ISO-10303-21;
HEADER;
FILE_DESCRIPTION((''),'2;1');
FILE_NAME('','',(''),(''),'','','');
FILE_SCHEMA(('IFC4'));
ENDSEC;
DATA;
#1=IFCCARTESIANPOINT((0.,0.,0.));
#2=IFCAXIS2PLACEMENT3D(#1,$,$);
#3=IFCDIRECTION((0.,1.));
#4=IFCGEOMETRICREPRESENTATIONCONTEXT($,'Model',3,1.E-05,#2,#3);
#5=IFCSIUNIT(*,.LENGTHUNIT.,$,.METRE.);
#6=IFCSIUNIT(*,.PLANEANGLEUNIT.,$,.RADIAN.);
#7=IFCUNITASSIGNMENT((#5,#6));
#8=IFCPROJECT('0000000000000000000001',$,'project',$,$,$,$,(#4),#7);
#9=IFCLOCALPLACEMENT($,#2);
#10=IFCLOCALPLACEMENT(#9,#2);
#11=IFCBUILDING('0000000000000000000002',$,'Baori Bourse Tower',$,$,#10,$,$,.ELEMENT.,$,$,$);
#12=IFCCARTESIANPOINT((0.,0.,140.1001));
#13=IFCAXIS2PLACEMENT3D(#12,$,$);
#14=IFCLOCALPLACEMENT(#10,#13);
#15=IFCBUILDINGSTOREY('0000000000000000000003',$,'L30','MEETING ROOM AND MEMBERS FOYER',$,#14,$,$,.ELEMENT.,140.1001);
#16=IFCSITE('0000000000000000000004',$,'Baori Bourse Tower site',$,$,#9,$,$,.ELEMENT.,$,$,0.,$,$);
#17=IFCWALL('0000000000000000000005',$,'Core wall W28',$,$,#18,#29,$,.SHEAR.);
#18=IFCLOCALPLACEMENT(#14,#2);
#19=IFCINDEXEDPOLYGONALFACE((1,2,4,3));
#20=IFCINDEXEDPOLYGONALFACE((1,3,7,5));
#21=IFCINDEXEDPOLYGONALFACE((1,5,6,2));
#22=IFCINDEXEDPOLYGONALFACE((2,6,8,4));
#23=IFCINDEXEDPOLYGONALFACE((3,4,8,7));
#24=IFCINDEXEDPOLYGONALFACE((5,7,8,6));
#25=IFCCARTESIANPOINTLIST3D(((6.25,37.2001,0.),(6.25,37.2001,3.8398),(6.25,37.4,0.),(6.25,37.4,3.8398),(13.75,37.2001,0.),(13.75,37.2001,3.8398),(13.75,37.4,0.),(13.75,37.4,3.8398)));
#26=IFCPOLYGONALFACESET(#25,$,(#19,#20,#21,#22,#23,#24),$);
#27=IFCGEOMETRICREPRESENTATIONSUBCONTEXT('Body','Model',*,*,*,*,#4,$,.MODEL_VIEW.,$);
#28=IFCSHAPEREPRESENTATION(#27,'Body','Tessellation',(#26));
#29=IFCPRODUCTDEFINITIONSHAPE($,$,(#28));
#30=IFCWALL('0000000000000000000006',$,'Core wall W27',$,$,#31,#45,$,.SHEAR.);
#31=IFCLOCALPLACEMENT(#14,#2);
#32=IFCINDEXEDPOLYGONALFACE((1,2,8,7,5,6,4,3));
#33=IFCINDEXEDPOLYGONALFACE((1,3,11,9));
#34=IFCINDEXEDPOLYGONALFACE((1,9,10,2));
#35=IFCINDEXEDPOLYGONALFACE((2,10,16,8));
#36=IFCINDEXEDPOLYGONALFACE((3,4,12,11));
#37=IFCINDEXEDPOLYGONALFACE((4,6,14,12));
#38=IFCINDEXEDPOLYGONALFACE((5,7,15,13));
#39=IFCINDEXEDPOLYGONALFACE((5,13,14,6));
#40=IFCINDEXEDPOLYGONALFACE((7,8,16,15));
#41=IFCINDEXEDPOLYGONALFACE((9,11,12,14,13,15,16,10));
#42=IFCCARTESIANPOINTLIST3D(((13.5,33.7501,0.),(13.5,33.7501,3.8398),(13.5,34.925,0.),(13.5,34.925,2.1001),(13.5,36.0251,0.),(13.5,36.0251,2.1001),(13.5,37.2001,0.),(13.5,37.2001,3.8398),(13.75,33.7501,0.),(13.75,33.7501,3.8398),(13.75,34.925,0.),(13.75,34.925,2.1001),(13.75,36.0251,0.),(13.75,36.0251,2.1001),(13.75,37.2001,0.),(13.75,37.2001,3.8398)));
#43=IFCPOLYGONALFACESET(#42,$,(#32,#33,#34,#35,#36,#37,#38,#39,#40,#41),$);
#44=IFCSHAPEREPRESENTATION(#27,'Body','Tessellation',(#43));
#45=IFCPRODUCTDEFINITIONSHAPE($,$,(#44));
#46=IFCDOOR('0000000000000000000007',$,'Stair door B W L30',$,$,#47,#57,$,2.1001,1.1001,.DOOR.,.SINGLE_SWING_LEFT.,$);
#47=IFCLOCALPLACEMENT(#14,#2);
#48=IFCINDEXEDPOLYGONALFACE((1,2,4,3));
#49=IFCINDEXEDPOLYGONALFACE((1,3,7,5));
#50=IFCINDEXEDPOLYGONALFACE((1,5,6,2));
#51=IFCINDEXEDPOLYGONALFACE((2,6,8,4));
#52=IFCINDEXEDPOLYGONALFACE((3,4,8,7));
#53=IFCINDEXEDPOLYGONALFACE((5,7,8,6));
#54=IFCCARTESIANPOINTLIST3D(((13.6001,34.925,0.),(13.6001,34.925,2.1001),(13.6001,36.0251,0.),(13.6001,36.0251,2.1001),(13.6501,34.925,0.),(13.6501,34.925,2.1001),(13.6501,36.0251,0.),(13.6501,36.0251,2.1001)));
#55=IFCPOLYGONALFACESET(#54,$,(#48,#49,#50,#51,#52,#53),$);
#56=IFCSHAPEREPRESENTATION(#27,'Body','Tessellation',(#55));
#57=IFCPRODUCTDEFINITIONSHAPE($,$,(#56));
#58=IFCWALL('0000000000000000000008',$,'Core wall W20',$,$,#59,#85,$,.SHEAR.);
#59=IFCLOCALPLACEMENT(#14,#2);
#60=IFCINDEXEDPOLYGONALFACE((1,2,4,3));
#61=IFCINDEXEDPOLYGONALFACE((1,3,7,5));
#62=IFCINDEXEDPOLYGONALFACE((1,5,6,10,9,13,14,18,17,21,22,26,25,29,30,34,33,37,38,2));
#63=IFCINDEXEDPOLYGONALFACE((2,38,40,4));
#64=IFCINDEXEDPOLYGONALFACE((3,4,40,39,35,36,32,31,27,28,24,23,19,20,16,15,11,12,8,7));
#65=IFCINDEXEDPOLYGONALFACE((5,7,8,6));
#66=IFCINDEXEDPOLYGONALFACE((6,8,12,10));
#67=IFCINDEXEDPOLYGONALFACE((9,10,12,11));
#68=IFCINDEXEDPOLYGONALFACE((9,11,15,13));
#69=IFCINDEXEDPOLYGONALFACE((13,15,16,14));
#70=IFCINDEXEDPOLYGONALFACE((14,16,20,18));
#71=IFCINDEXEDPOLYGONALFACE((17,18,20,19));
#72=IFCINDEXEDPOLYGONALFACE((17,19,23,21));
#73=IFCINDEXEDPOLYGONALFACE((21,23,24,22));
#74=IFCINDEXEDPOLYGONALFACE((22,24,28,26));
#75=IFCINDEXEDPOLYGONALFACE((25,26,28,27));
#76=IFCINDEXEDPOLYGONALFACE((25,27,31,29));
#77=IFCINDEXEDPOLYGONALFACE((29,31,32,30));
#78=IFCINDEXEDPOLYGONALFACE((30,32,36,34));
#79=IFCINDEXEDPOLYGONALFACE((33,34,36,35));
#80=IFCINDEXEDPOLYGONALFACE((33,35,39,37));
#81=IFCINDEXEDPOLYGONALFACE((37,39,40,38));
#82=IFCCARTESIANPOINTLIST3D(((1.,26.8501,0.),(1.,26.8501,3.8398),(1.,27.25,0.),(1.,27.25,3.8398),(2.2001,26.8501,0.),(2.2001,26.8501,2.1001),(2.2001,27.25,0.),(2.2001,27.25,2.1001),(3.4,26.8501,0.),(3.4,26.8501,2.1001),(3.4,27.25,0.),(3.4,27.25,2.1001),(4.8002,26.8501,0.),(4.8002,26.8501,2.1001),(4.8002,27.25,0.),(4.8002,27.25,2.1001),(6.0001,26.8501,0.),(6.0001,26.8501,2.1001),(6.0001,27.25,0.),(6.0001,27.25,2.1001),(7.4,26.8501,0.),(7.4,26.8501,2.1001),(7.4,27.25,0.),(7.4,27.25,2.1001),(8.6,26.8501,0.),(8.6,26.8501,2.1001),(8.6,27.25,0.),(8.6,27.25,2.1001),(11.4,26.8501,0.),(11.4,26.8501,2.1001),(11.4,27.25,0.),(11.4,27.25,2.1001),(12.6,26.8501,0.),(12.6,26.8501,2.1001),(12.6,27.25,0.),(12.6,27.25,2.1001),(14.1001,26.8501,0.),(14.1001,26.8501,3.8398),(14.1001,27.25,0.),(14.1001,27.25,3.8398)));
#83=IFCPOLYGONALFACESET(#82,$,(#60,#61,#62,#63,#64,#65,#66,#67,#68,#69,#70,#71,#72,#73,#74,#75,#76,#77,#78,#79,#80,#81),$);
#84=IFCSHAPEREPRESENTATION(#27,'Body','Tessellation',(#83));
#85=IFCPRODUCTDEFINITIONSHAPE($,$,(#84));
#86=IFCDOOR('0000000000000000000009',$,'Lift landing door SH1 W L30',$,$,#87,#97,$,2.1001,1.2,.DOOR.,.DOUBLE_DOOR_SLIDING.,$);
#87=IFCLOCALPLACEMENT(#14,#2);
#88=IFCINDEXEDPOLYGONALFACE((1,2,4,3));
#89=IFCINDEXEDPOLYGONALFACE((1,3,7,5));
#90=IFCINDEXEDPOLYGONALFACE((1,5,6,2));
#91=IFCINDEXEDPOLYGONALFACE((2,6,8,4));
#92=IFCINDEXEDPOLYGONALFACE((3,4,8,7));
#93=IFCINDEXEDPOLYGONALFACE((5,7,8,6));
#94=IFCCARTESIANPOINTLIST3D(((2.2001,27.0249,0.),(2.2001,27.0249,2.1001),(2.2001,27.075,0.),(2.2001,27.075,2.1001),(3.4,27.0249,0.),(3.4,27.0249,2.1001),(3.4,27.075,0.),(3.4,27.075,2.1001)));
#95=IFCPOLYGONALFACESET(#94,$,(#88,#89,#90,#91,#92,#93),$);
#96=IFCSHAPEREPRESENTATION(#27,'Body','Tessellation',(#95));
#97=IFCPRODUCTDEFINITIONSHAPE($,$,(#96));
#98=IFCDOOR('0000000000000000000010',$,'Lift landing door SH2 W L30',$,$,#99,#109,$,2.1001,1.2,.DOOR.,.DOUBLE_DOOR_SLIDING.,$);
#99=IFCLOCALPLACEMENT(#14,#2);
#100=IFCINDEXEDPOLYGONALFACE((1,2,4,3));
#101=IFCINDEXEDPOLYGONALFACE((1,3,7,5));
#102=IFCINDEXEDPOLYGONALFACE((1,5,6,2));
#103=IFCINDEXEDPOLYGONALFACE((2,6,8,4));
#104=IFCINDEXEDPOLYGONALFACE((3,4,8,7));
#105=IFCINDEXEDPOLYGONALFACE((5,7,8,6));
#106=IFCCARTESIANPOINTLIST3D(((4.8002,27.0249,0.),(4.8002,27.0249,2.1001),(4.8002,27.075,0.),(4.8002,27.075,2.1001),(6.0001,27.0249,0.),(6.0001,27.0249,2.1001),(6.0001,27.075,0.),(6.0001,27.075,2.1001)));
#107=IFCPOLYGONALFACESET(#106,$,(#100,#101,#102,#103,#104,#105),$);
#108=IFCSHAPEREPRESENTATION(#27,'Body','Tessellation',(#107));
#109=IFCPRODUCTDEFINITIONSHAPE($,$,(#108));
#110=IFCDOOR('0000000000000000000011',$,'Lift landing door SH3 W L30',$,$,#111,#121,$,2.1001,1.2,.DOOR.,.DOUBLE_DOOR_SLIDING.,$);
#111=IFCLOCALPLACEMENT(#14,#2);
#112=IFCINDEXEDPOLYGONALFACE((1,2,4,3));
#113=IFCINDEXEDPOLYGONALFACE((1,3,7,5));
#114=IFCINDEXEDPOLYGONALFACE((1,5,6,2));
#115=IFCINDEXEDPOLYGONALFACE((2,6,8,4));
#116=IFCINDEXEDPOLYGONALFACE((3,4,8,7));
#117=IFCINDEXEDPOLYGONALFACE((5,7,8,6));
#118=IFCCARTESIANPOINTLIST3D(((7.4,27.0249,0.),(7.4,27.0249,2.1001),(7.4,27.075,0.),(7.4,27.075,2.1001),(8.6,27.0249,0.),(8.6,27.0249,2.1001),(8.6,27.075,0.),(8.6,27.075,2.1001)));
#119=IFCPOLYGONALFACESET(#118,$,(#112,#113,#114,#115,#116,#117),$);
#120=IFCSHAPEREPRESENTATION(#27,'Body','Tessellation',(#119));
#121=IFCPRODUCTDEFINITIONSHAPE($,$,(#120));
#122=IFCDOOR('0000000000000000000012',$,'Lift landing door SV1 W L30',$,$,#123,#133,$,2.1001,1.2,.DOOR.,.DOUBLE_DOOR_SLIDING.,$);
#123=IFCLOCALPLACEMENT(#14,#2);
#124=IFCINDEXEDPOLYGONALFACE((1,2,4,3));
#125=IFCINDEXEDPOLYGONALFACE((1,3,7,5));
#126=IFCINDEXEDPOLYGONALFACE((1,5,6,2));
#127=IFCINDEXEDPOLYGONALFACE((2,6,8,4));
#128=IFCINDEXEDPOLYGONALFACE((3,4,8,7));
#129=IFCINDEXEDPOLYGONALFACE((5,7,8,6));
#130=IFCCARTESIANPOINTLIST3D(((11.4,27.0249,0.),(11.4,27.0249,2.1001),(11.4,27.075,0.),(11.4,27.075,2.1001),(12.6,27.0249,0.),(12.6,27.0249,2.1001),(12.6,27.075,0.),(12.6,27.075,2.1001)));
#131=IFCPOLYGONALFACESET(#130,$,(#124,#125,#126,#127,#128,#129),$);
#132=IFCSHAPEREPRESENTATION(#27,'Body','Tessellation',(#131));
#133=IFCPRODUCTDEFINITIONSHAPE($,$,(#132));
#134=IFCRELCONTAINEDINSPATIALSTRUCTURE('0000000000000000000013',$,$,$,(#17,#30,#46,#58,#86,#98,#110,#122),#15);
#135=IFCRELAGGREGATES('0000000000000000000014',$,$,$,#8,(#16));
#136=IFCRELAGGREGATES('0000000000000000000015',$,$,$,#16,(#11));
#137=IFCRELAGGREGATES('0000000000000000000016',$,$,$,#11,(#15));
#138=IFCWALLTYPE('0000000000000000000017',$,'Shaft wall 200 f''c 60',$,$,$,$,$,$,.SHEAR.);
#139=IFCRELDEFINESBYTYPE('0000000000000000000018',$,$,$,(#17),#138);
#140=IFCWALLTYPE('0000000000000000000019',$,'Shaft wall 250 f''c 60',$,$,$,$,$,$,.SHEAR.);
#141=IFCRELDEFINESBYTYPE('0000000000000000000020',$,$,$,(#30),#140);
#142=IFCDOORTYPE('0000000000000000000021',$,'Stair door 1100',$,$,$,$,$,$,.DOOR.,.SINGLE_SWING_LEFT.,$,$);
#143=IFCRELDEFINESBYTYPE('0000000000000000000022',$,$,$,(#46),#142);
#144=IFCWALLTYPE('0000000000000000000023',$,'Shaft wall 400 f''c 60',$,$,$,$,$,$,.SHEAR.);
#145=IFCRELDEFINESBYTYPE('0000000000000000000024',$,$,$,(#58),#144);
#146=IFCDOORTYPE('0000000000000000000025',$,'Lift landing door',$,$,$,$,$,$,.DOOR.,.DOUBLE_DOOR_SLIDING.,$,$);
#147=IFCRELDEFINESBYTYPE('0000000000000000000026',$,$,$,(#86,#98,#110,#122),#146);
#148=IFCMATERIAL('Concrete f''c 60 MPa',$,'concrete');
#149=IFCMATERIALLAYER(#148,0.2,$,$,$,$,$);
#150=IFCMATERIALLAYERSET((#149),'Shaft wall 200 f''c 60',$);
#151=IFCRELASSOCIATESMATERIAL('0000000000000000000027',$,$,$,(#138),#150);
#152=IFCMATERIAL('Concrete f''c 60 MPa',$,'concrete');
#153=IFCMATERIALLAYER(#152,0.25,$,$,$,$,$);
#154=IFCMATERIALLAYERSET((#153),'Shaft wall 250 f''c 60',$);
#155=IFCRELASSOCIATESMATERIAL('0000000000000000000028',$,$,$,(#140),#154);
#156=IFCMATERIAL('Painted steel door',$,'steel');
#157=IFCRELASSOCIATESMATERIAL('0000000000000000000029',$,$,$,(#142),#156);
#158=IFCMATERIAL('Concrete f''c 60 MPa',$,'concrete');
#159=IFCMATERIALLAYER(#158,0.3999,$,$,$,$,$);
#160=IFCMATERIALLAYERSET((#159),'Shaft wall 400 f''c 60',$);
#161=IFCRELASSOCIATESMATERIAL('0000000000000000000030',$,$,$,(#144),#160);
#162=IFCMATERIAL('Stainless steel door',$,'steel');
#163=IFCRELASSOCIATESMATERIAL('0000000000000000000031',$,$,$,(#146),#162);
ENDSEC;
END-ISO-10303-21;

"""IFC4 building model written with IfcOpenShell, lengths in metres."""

from ifc_helpers import new_model, si_unit, direction, frame, frame_2d, origin, place, context, subcontext, project, spatial, rectangle, extrude, material, layer, layer_set, type_object, element, fill, save


model = new_model("IFC4")

# Units and contexts
model_context = context("Model", 3, precision=1e-05, world=origin(), true_north=direction((0.0, 1.0)))
body_context = subcontext(model_context, "Body", "Model", "MODEL_VIEW")
ifc_project = project(units=[si_unit("LENGTHUNIT", "METRE"), si_unit("PLANEANGLEUNIT", "RADIAN")], contexts=[model_context])

# Site, building, storey
site_placement = place(None, origin())
site = spatial("IfcSite", under=ifc_project, at=site_placement, Name="Baori Bourse Tower site", CompositionType="ELEMENT", RefElevation=0.0)
building_placement = place(site_placement, origin())
building = spatial("IfcBuilding", under=site, at=building_placement, Name="Baori Bourse Tower", CompositionType="ELEMENT")
storey_placement = place(building_placement, frame((0.0, 0.0, 140.1001)))
storey = spatial("IfcBuildingStorey", under=building, at=storey_placement, Name="L30", Description="MEETING ROOM AND MEMBERS FOYER", CompositionType="ELEMENT", Elevation=140.1001)

# Wall
ifc_material_1 = material(Name="Concrete f'c 60 MPa", Category="concrete")
ifc_layer_1 = layer(ifc_material_1, 0.2)
ifc_layer_set_1 = layer_set([ifc_layer_1], Name="Shaft wall 200 f'c 60")
wall_type_1 = type_object("IfcWallType", Name="Shaft wall 200 f'c 60", PredefinedType="SHEAR", material=ifc_layer_set_1)
wall_1_placement = place(storey_placement, frame((6.25, 37.3, 0.0), z_axis=(0.0, 0.0, 1.0), x_axis=(1.0, 0.0, 0.0)))
element("IfcWall", 1, at=wall_1_placement, inside=storey, type_object=wall_type_1, Name="Core wall W28", PredefinedType="SHEAR", context=body_context, shape_type="SweptSolid", body=[
    extrude(rectangle(XDim=7.5, YDim=0.2, at=frame_2d((3.75, 0.0))), origin(), (0.0, 0.0, 1.0), 3.8398),
])

# Wall, opening, door
ifc_material_2 = material(Name="Concrete f'c 60 MPa", Category="concrete")
ifc_layer_2 = layer(ifc_material_2, 0.25)
ifc_layer_set_2 = layer_set([ifc_layer_2], Name="Shaft wall 250 f'c 60")
wall_type_2 = type_object("IfcWallType", Name="Shaft wall 250 f'c 60", PredefinedType="SHEAR", material=ifc_layer_set_2)
wall_2_placement = place(storey_placement, frame((13.625, 33.75, 0.0), z_axis=(0.0, 0.0, 1.0), x_axis=(0.0, 1.0, 0.0)))
wall_2 = element("IfcWall", 2, at=wall_2_placement, inside=storey, type_object=wall_type_2, Name="Core wall W27", PredefinedType="SHEAR", context=body_context, shape_type="SweptSolid", body=[
    extrude(rectangle(XDim=3.45, YDim=0.25, at=frame_2d((1.7251, 0.0))), origin(), (0.0, 0.0, 1.0), 3.8398),
])
opening_1_placement = place(wall_2_placement, frame((1.175, 0.0, 0.0)))
opening_1 = element("IfcOpeningElement", 3, at=opening_1_placement, cuts=wall_2, PredefinedType="OPENING", context=body_context, shape_type="SweptSolid", body=[
    extrude(rectangle(XDim=1.1001, YDim=2.1001, at=frame_2d((0.55, 1.05))), frame((0.0, 0.135, 0.0), z_axis=(0.0, -1.0, 0.0), x_axis=(1.0, 0.0, 0.0)), (0.0, 0.0, 1.0), 0.27),
])
ifc_material_3 = material(Name="Painted steel door", Category="steel")
door_type_1 = type_object("IfcDoorType", Name="Stair door 1100", OperationType="SINGLE_SWING_LEFT", PredefinedType="DOOR", material=ifc_material_3)
door_1_placement = place(opening_1_placement, origin())
door_1 = element("IfcDoor", 4, at=door_1_placement, inside=storey, type_object=door_type_1, Name="Stair door B W L30", OperationType="SINGLE_SWING_LEFT", OverallHeight=2.1001, OverallWidth=1.1001, PredefinedType="DOOR", context=body_context, shape_type="SweptSolid", body=[
    extrude(rectangle(XDim=1.1001, YDim=2.1001, at=frame_2d((0.55, 1.05))), frame((0.0, 0.0249, 0.0), z_axis=(0.0, -1.0, 0.0), x_axis=(1.0, 0.0, 0.0)), (0.0, 0.0, 1.0), 0.05),
])
fill(opening_1, door_1)

# Wall, openings, doors
ifc_material_4 = material(Name="Concrete f'c 60 MPa", Category="concrete")
ifc_layer_3 = layer(ifc_material_4, 0.3999)
ifc_layer_set_3 = layer_set([ifc_layer_3], Name="Shaft wall 400 f'c 60")
wall_type_3 = type_object("IfcWallType", Name="Shaft wall 400 f'c 60", PredefinedType="SHEAR", material=ifc_layer_set_3)
wall_3_placement = place(storey_placement, frame((1.0, 27.05, 0.0), z_axis=(0.0, 0.0, 1.0), x_axis=(1.0, 0.0, 0.0)))
wall_3 = element("IfcWall", 5, at=wall_3_placement, inside=storey, type_object=wall_type_3, Name="Core wall W20", PredefinedType="SHEAR", context=body_context, shape_type="SweptSolid", body=[
    extrude(rectangle(XDim=13.1001, YDim=0.3999, at=frame_2d((6.55, 0.0))), origin(), (0.0, 0.0, 1.0), 3.8398),
])
opening_2_placement = place(wall_3_placement, frame((1.2, 0.0, 0.0)))
opening_2 = element("IfcOpeningElement", 6, at=opening_2_placement, cuts=wall_3, PredefinedType="OPENING", context=body_context, shape_type="SweptSolid", body=[
    extrude(rectangle(XDim=1.2, YDim=2.1001, at=frame_2d((0.6001, 1.05))), frame((0.0, 0.21, 0.0), z_axis=(0.0, -1.0, 0.0), x_axis=(1.0, 0.0, 0.0)), (0.0, 0.0, 1.0), 0.4199),
])
opening_3_placement = place(wall_3_placement, frame((3.8, 0.0, 0.0)))
opening_3 = element("IfcOpeningElement", 7, at=opening_3_placement, cuts=wall_3, PredefinedType="OPENING", context=body_context, shape_type="SweptSolid", body=[
    extrude(rectangle(XDim=1.2, YDim=2.1001, at=frame_2d((0.6001, 1.05))), frame((0.0, 0.21, 0.0), z_axis=(0.0, -1.0, 0.0), x_axis=(1.0, 0.0, 0.0)), (0.0, 0.0, 1.0), 0.4199),
])
opening_4_placement = place(wall_3_placement, frame((6.3999, 0.0, 0.0)))
opening_4 = element("IfcOpeningElement", 8, at=opening_4_placement, cuts=wall_3, PredefinedType="OPENING", context=body_context, shape_type="SweptSolid", body=[
    extrude(rectangle(XDim=1.2, YDim=2.1001, at=frame_2d((0.6001, 1.05))), frame((0.0, 0.21, 0.0), z_axis=(0.0, -1.0, 0.0), x_axis=(1.0, 0.0, 0.0)), (0.0, 0.0, 1.0), 0.4199),
])
opening_5_placement = place(wall_3_placement, frame((10.3999, 0.0, 0.0)))
opening_5 = element("IfcOpeningElement", 9, at=opening_5_placement, cuts=wall_3, PredefinedType="OPENING", context=body_context, shape_type="SweptSolid", body=[
    extrude(rectangle(XDim=1.2, YDim=2.1001, at=frame_2d((0.6001, 1.05))), frame((0.0, 0.21, 0.0), z_axis=(0.0, -1.0, 0.0), x_axis=(1.0, 0.0, 0.0)), (0.0, 0.0, 1.0), 0.4199),
])
ifc_material_5 = material(Name="Stainless steel door", Category="steel")
door_type_2 = type_object("IfcDoorType", Name="Lift landing door", OperationType="DOUBLE_DOOR_SLIDING", PredefinedType="DOOR", material=ifc_material_5)
door_2_placement = place(opening_2_placement, origin())
door_2 = element("IfcDoor", 10, at=door_2_placement, inside=storey, type_object=door_type_2, Name="Lift landing door SH1 W L30", OperationType="DOUBLE_DOOR_SLIDING", OverallHeight=2.1001, OverallWidth=1.2, PredefinedType="DOOR", context=body_context, shape_type="SweptSolid", body=[
    extrude(rectangle(XDim=1.2, YDim=2.1001, at=frame_2d((0.6001, 1.05))), frame((0.0, 0.0249, 0.0), z_axis=(0.0, -1.0, 0.0), x_axis=(1.0, 0.0, 0.0)), (0.0, 0.0, 1.0), 0.05),
])
fill(opening_2, door_2)
door_3_placement = place(opening_3_placement, origin())
door_3 = element("IfcDoor", 11, at=door_3_placement, inside=storey, type_object=door_type_2, Name="Lift landing door SH2 W L30", OperationType="DOUBLE_DOOR_SLIDING", OverallHeight=2.1001, OverallWidth=1.2, PredefinedType="DOOR", context=body_context, shape_type="SweptSolid", body=[
    extrude(rectangle(XDim=1.2, YDim=2.1001, at=frame_2d((0.6001, 1.05))), frame((0.0, 0.0249, 0.0), z_axis=(0.0, -1.0, 0.0), x_axis=(1.0, 0.0, 0.0)), (0.0, 0.0, 1.0), 0.05),
])
fill(opening_3, door_3)
door_4_placement = place(opening_4_placement, origin())
door_4 = element("IfcDoor", 12, at=door_4_placement, inside=storey, type_object=door_type_2, Name="Lift landing door SH3 W L30", OperationType="DOUBLE_DOOR_SLIDING", OverallHeight=2.1001, OverallWidth=1.2, PredefinedType="DOOR", context=body_context, shape_type="SweptSolid", body=[
    extrude(rectangle(XDim=1.2, YDim=2.1001, at=frame_2d((0.6001, 1.05))), frame((0.0, 0.0249, 0.0), z_axis=(0.0, -1.0, 0.0), x_axis=(1.0, 0.0, 0.0)), (0.0, 0.0, 1.0), 0.05),
])
fill(opening_4, door_4)
door_5_placement = place(opening_5_placement, origin())
door_5 = element("IfcDoor", 13, at=door_5_placement, inside=storey, type_object=door_type_2, Name="Lift landing door SV1 W L30", OperationType="DOUBLE_DOOR_SLIDING", OverallHeight=2.1001, OverallWidth=1.2, PredefinedType="DOOR", context=body_context, shape_type="SweptSolid", body=[
    extrude(rectangle(XDim=1.2, YDim=2.1001, at=frame_2d((0.6001, 1.05))), frame((0.0, 0.0249, 0.0), z_axis=(0.0, -1.0, 0.0), x_axis=(1.0, 0.0, 0.0)), (0.0, 0.0, 1.0), 0.05),
])
fill(opening_5, door_5)

save(model, "model.ifc")
